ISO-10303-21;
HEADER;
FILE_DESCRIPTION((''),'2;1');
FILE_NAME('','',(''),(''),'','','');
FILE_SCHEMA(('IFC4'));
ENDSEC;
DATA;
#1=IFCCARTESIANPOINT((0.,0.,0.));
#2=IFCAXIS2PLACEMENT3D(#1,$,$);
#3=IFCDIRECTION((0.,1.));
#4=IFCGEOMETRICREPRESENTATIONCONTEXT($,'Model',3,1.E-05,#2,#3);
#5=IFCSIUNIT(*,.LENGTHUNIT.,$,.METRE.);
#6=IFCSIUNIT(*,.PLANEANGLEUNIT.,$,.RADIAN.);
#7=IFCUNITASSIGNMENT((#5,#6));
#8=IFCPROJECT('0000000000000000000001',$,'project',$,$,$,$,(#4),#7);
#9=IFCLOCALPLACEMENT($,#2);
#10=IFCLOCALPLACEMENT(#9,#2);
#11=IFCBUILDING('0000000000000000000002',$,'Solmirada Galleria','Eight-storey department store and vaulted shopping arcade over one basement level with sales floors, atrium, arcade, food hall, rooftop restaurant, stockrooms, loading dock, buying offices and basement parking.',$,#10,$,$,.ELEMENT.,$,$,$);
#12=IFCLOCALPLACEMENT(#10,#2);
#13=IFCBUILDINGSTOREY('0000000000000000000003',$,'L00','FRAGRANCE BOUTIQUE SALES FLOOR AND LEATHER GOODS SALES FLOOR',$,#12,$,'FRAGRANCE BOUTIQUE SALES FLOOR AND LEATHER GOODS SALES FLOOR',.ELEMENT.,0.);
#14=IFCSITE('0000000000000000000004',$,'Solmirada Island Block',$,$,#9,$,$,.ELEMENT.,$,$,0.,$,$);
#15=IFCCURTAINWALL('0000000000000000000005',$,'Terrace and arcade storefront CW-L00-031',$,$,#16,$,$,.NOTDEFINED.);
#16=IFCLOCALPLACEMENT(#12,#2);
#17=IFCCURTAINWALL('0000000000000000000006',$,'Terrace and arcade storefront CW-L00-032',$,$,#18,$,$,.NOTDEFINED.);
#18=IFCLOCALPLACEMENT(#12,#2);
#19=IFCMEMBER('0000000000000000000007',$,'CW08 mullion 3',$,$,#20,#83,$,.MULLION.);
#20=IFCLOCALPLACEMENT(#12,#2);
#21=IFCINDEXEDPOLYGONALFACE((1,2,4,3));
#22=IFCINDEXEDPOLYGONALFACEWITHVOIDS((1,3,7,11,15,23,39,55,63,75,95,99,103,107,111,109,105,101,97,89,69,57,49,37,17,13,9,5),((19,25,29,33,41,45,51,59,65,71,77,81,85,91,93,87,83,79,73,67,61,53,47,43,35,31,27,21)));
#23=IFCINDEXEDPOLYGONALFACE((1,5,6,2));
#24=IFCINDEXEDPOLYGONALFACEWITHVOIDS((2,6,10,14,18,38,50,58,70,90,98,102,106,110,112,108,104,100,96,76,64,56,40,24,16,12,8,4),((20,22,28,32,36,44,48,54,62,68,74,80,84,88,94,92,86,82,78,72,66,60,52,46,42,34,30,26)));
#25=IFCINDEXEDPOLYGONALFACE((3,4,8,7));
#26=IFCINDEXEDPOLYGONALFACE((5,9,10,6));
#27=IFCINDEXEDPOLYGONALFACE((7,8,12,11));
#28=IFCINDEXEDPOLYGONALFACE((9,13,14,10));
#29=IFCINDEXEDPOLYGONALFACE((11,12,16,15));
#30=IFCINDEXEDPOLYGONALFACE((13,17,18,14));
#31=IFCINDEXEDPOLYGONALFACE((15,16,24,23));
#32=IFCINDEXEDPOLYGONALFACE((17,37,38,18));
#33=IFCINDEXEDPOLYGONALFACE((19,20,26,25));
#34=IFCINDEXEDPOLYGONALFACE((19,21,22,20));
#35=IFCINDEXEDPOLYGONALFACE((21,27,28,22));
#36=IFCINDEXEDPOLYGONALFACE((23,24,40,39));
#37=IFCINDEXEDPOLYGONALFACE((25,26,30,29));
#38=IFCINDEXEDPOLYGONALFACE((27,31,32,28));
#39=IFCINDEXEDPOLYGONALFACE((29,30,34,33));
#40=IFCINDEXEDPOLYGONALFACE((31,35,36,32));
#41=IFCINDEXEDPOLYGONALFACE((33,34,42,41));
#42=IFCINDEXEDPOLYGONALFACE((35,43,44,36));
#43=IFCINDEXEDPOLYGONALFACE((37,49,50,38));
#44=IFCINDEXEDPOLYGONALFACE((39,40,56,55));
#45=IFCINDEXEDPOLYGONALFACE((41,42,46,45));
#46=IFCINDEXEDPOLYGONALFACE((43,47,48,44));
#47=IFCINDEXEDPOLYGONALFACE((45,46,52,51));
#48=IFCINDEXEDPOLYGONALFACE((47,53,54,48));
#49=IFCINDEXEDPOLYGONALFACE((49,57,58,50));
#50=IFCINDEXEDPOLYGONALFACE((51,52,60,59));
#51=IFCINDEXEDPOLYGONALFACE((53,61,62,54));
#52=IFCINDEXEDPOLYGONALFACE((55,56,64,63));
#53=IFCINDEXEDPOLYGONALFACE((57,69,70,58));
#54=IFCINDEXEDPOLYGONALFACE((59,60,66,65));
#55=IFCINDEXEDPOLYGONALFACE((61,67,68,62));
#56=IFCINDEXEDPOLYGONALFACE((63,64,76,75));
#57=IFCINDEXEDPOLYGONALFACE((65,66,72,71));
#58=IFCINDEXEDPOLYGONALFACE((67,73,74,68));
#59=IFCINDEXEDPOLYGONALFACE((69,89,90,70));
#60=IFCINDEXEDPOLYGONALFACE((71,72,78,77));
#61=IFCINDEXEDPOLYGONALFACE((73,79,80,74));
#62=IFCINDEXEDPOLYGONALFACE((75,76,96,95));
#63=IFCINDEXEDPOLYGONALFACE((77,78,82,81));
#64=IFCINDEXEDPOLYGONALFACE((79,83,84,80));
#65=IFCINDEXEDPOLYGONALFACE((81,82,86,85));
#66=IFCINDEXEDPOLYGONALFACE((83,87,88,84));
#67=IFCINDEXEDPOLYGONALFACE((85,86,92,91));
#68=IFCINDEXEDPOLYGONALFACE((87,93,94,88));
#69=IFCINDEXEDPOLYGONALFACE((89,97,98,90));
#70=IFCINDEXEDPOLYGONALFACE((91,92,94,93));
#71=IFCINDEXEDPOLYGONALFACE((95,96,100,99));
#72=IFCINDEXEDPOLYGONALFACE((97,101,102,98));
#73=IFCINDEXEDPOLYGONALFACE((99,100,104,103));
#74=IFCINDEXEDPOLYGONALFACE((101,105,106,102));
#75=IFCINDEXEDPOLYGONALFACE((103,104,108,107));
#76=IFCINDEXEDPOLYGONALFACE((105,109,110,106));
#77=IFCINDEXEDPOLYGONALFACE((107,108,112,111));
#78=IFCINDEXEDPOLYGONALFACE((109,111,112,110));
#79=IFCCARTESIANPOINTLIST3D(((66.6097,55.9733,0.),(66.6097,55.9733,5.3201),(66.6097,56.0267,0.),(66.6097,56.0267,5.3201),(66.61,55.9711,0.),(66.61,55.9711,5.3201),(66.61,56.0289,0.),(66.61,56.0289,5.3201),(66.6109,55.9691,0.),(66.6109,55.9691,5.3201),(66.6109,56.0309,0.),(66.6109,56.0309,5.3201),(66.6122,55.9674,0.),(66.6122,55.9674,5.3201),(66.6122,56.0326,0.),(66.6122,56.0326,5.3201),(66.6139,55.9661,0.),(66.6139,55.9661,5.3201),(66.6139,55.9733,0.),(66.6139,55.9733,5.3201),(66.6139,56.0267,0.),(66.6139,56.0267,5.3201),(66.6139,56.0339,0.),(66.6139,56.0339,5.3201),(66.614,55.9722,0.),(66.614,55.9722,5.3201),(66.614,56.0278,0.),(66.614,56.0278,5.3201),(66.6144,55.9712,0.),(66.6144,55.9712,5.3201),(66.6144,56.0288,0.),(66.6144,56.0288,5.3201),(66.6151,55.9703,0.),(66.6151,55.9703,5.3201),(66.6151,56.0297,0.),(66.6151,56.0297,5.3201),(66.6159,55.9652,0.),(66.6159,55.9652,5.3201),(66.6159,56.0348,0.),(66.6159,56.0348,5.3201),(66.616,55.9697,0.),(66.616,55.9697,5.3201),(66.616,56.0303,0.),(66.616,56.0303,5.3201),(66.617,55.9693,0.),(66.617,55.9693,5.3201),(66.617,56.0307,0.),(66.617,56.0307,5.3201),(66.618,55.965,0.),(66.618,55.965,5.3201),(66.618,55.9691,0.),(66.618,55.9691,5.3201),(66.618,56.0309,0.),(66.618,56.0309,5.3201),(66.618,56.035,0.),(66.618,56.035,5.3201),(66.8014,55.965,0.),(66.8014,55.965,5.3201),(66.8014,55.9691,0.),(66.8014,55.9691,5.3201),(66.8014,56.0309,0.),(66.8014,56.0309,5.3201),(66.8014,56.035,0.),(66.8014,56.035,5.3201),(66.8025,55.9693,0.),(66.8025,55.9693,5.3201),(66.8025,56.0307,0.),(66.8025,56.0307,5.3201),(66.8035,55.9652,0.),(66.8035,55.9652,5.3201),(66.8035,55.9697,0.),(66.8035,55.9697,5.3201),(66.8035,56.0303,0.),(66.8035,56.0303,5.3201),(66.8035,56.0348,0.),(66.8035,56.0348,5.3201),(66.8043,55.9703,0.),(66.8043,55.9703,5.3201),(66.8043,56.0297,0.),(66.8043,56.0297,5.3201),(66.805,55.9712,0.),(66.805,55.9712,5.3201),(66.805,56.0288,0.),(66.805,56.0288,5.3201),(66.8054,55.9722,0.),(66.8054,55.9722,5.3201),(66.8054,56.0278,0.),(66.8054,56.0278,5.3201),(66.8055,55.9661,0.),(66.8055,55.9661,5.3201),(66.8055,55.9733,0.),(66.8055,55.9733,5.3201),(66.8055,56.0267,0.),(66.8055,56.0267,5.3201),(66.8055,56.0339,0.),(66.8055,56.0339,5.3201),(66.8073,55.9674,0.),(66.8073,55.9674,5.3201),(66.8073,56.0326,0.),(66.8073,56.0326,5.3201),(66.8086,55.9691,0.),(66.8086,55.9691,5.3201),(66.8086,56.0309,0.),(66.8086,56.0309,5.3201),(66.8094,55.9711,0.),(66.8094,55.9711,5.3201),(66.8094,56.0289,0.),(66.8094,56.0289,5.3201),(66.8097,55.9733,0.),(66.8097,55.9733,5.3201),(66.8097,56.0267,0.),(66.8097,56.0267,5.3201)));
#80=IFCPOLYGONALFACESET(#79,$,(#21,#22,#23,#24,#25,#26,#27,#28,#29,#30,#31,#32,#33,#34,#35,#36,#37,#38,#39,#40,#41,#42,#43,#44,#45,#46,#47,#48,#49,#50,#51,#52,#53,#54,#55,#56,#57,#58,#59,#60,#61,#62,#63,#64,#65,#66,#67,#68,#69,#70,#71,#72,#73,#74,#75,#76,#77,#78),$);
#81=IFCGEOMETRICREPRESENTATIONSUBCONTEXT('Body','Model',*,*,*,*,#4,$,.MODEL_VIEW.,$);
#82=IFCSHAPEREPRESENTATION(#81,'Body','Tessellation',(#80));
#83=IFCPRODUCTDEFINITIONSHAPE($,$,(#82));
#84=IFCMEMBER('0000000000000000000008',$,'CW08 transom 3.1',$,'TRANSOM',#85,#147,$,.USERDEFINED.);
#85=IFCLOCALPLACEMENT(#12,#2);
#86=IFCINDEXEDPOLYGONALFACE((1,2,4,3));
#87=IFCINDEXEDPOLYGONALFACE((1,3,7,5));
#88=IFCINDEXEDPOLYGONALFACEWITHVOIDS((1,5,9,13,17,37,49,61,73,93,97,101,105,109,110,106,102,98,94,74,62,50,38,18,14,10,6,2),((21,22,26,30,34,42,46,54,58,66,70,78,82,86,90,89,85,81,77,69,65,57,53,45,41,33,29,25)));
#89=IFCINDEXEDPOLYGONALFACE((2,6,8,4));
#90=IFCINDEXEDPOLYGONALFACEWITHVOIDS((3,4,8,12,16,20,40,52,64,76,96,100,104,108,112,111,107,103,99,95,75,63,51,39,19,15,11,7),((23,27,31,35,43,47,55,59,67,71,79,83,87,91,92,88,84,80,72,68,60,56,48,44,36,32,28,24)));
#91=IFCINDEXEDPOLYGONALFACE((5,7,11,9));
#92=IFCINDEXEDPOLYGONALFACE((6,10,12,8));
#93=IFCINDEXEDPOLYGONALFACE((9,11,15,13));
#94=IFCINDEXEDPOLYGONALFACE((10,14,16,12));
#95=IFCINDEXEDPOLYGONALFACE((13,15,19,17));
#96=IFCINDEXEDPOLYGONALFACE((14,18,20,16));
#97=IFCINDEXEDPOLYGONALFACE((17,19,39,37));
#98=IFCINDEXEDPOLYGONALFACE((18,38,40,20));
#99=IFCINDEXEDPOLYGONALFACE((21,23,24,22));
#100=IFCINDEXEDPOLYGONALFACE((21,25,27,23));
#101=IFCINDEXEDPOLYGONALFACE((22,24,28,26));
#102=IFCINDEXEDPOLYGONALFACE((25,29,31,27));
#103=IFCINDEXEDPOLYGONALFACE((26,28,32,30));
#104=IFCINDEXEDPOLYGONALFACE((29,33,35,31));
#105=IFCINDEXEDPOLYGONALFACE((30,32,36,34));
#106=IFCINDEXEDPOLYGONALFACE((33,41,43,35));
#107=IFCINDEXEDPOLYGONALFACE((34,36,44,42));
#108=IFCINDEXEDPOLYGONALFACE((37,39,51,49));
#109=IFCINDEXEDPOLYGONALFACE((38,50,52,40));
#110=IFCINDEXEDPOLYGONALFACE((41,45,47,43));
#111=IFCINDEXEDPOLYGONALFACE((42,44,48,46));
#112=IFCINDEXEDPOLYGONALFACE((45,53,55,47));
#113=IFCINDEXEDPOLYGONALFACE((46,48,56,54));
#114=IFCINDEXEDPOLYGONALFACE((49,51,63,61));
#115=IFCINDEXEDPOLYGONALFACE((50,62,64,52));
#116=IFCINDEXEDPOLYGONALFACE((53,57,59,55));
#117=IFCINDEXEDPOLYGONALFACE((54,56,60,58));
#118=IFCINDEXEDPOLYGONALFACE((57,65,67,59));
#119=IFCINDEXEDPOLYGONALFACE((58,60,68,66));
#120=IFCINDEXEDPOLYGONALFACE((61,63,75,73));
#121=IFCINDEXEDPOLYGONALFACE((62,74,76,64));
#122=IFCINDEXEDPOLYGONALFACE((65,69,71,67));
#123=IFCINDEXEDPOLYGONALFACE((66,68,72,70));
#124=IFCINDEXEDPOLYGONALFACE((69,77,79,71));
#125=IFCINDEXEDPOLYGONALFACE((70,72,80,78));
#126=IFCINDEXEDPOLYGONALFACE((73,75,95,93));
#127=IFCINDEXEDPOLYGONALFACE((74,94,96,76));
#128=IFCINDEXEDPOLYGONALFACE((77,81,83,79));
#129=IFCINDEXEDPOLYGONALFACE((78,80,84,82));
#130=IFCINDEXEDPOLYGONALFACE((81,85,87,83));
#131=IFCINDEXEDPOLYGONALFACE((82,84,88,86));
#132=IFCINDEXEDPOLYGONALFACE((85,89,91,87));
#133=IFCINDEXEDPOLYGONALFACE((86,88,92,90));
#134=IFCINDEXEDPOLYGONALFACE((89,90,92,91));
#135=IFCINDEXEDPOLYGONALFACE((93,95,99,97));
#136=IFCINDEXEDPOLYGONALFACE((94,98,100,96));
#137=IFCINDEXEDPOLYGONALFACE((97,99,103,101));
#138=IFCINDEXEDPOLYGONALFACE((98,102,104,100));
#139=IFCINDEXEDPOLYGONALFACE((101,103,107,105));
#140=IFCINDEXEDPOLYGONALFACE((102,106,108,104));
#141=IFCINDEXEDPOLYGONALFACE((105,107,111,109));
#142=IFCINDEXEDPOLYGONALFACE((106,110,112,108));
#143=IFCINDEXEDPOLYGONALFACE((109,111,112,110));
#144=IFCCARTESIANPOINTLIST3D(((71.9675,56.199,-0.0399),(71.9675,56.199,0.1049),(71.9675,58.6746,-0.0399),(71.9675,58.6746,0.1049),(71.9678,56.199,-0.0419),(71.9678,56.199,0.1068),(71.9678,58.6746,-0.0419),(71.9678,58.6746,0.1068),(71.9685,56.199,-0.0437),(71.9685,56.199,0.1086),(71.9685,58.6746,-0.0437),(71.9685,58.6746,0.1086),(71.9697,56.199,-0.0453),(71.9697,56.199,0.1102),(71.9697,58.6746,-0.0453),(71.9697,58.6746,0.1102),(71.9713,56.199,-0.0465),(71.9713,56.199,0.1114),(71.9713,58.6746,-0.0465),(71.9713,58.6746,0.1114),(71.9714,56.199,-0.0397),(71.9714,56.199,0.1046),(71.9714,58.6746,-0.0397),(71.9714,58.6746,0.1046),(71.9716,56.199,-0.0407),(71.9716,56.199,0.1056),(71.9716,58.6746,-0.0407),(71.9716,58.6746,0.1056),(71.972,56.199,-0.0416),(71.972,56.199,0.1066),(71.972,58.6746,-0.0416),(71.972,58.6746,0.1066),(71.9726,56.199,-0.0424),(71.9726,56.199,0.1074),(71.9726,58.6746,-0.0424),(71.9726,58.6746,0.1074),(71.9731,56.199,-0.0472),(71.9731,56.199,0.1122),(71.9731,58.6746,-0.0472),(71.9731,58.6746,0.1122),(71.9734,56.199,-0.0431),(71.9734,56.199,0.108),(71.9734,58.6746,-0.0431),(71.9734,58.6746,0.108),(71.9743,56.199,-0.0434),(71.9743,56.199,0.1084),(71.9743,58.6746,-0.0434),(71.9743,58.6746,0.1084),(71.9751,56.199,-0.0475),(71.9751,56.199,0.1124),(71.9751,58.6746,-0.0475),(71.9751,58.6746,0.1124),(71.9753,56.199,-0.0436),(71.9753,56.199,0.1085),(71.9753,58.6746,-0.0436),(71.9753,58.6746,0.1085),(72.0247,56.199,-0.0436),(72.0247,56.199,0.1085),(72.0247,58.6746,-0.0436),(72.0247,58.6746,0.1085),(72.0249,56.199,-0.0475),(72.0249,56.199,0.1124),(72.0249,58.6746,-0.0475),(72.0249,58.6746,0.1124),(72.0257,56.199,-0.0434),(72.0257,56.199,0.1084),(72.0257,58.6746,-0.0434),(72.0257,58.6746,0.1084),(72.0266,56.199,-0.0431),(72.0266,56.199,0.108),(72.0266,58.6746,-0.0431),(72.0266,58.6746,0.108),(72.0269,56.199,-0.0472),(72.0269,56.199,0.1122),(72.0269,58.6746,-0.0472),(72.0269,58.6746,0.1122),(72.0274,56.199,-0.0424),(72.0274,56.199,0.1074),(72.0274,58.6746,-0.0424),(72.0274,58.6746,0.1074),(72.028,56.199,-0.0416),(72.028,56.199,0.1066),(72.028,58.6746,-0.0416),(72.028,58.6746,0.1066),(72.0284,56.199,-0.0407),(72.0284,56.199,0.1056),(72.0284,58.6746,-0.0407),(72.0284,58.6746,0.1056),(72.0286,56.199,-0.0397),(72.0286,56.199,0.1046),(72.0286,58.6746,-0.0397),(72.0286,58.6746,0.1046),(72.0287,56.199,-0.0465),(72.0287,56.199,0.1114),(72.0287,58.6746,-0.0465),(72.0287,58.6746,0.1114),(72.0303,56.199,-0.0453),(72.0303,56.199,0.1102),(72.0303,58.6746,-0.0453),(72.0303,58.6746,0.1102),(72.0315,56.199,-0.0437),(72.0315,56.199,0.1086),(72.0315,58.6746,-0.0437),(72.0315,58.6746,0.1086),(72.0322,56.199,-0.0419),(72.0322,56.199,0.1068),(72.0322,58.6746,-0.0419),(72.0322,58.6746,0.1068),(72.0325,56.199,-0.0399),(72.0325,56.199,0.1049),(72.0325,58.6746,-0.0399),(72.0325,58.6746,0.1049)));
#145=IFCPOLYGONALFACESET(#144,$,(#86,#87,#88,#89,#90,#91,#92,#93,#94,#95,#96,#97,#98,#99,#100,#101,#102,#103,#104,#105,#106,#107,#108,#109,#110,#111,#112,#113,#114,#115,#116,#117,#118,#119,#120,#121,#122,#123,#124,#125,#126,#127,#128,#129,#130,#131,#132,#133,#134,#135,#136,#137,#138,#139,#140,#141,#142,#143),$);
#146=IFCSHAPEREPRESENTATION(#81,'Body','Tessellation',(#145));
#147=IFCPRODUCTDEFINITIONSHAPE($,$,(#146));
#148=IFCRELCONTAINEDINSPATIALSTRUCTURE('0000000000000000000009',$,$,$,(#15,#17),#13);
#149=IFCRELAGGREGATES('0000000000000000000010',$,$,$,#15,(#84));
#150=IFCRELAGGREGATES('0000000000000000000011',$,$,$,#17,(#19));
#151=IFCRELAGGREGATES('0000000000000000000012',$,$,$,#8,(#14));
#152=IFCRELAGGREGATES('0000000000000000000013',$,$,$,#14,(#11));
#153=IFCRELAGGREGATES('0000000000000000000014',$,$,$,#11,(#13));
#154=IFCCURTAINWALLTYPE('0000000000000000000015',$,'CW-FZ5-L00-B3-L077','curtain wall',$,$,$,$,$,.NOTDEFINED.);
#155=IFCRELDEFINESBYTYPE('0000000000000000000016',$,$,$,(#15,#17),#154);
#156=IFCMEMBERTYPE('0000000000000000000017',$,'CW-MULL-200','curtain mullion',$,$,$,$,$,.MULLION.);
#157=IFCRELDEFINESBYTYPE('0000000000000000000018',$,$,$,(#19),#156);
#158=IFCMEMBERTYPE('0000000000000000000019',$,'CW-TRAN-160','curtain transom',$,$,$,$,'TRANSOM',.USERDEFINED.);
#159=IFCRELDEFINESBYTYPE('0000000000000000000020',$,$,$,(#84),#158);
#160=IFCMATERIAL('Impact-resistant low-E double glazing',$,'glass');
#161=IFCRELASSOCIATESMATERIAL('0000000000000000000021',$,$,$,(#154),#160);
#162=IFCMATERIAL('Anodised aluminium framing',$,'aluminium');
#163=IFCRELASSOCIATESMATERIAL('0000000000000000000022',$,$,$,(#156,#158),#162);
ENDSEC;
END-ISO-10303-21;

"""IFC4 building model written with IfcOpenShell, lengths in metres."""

from ifc_helpers import new_model, si_unit, direction, frame, origin, origin_2d, place, context, subcontext, project, spatial, hollow_rectangle, extrude, material, material_profile, profile_set, type_object, element, aggregate, save


model = new_model("IFC4")

# Units and contexts
model_context = context("Model", 3, precision=1e-05, world=origin(), true_north=direction((0.0, 1.0)))
body_context = subcontext(model_context, "Body", "Model", "MODEL_VIEW")
ifc_project = project(units=[si_unit("LENGTHUNIT", "METRE"), si_unit("PLANEANGLEUNIT", "RADIAN")], contexts=[model_context])

# Site, building, storey
site_placement = place(None, origin())
site = spatial("IfcSite", under=ifc_project, at=site_placement, Name="Solmirada Island Block", CompositionType="ELEMENT", RefElevation=0.0)
building_placement = place(site_placement, origin())
building = spatial("IfcBuilding", under=site, at=building_placement, Name="Solmirada Galleria", Description="Eight-storey department store and vaulted shopping arcade over one basement level with sales floors, atrium, arcade, food hall, rooftop restaurant, stockrooms, loading dock, buying offices and basement parking.", CompositionType="ELEMENT")
storey_placement = place(building_placement, origin())
storey = spatial("IfcBuildingStorey", under=building, at=storey_placement, Name="L00", Description="FRAGRANCE BOUTIQUE SALES FLOOR AND LEATHER GOODS SALES FLOOR", LongName="FRAGRANCE BOUTIQUE SALES FLOOR AND LEATHER GOODS SALES FLOOR", CompositionType="ELEMENT", Elevation=0.0)

# Curtain walls, member
ifc_material_1 = material(Name="Impact-resistant low-E double glazing", Category="glass")
curtain_wall_type = type_object("IfcCurtainWallType", Name="CW-FZ5-L00-B3-L077", Description="curtain wall", PredefinedType="NOTDEFINED", material=ifc_material_1)
curtain_wall_1_placement = place(storey_placement, origin())
curtain_wall_1 = element("IfcCurtainWall", 1, at=curtain_wall_1_placement, inside=storey, type_object=curtain_wall_type, Name="Terrace and arcade storefront CW-L00-031", PredefinedType="NOTDEFINED")
ifc_material_2 = material(Name="Anodised aluminium framing", Category="aluminium")
ifc_material_profile_1 = material_profile(ifc_material_2, hollow_rectangle(XDim=0.0701, YDim=0.2, WallThickness=0.0042, InnerFilletRadius=0.0042, OuterFilletRadius=0.0083, at=origin_2d()), Name="ALU-MULL-200X70")
ifc_profile_set_1 = profile_set([ifc_material_profile_1], Name="Anodised aluminium framing")
member_type_1 = type_object("IfcMemberType", Name="CW-MULL-200", Description="curtain mullion", PredefinedType="MULLION", material=ifc_profile_set_1)
curtain_wall_2_placement = place(storey_placement, origin())
curtain_wall_2 = element("IfcCurtainWall", 2, at=curtain_wall_2_placement, inside=storey, type_object=curtain_wall_type, Name="Terrace and arcade storefront CW-L00-032", PredefinedType="NOTDEFINED")
member_1_placement = place(storey_placement, frame((66.7097, 56.0, 0.0), z_axis=(0.0, 0.0, 1.0), x_axis=(0.0, -1.0, 0.0)))
member_1 = element("IfcMember", 3, at=member_1_placement, type_object=member_type_1, Name="CW08 mullion 3", PredefinedType="MULLION", context=body_context, shape_type="SweptSolid", body=[
    extrude(hollow_rectangle(XDim=0.0701, YDim=0.2, WallThickness=0.0042, InnerFilletRadius=0.0042, OuterFilletRadius=0.0083, at=origin_2d()), origin(), (0.0, 0.0, 1.0), 5.3201),
])

# Member
ifc_material_profile_2 = material_profile(ifc_material_2, hollow_rectangle(XDim=0.0649, YDim=0.1599, WallThickness=0.0039, InnerFilletRadius=0.0039, OuterFilletRadius=0.0076, at=origin_2d()), Name="ALU-TRAN-160X65")
ifc_profile_set_2 = profile_set([ifc_material_profile_2], Name="Anodised aluminium framing")
member_type_2 = type_object("IfcMemberType", Name="CW-TRAN-160", Description="curtain transom", ElementType="TRANSOM", PredefinedType="USERDEFINED", material=ifc_profile_set_2)
member_2_placement = place(storey_placement, frame((72.0, 58.6746, 0.0325), z_axis=(0.0, -1.0, 0.0), x_axis=(1.0, 0.0, 0.0)))
member_2 = element("IfcMember", 4, at=member_2_placement, type_object=member_type_2, Name="CW08 transom 3.1", ObjectType="TRANSOM", PredefinedType="USERDEFINED", context=body_context, shape_type="SweptSolid", body=[
    extrude(hollow_rectangle(XDim=0.0649, YDim=0.1599, WallThickness=0.0039, InnerFilletRadius=0.0039, OuterFilletRadius=0.0076, at=origin_2d()), origin(), (0.0, 0.0, 1.0), 2.4756),
])

aggregate(curtain_wall_1, [member_2])
aggregate(curtain_wall_2, [member_1])

save(model, "model.ifc")
